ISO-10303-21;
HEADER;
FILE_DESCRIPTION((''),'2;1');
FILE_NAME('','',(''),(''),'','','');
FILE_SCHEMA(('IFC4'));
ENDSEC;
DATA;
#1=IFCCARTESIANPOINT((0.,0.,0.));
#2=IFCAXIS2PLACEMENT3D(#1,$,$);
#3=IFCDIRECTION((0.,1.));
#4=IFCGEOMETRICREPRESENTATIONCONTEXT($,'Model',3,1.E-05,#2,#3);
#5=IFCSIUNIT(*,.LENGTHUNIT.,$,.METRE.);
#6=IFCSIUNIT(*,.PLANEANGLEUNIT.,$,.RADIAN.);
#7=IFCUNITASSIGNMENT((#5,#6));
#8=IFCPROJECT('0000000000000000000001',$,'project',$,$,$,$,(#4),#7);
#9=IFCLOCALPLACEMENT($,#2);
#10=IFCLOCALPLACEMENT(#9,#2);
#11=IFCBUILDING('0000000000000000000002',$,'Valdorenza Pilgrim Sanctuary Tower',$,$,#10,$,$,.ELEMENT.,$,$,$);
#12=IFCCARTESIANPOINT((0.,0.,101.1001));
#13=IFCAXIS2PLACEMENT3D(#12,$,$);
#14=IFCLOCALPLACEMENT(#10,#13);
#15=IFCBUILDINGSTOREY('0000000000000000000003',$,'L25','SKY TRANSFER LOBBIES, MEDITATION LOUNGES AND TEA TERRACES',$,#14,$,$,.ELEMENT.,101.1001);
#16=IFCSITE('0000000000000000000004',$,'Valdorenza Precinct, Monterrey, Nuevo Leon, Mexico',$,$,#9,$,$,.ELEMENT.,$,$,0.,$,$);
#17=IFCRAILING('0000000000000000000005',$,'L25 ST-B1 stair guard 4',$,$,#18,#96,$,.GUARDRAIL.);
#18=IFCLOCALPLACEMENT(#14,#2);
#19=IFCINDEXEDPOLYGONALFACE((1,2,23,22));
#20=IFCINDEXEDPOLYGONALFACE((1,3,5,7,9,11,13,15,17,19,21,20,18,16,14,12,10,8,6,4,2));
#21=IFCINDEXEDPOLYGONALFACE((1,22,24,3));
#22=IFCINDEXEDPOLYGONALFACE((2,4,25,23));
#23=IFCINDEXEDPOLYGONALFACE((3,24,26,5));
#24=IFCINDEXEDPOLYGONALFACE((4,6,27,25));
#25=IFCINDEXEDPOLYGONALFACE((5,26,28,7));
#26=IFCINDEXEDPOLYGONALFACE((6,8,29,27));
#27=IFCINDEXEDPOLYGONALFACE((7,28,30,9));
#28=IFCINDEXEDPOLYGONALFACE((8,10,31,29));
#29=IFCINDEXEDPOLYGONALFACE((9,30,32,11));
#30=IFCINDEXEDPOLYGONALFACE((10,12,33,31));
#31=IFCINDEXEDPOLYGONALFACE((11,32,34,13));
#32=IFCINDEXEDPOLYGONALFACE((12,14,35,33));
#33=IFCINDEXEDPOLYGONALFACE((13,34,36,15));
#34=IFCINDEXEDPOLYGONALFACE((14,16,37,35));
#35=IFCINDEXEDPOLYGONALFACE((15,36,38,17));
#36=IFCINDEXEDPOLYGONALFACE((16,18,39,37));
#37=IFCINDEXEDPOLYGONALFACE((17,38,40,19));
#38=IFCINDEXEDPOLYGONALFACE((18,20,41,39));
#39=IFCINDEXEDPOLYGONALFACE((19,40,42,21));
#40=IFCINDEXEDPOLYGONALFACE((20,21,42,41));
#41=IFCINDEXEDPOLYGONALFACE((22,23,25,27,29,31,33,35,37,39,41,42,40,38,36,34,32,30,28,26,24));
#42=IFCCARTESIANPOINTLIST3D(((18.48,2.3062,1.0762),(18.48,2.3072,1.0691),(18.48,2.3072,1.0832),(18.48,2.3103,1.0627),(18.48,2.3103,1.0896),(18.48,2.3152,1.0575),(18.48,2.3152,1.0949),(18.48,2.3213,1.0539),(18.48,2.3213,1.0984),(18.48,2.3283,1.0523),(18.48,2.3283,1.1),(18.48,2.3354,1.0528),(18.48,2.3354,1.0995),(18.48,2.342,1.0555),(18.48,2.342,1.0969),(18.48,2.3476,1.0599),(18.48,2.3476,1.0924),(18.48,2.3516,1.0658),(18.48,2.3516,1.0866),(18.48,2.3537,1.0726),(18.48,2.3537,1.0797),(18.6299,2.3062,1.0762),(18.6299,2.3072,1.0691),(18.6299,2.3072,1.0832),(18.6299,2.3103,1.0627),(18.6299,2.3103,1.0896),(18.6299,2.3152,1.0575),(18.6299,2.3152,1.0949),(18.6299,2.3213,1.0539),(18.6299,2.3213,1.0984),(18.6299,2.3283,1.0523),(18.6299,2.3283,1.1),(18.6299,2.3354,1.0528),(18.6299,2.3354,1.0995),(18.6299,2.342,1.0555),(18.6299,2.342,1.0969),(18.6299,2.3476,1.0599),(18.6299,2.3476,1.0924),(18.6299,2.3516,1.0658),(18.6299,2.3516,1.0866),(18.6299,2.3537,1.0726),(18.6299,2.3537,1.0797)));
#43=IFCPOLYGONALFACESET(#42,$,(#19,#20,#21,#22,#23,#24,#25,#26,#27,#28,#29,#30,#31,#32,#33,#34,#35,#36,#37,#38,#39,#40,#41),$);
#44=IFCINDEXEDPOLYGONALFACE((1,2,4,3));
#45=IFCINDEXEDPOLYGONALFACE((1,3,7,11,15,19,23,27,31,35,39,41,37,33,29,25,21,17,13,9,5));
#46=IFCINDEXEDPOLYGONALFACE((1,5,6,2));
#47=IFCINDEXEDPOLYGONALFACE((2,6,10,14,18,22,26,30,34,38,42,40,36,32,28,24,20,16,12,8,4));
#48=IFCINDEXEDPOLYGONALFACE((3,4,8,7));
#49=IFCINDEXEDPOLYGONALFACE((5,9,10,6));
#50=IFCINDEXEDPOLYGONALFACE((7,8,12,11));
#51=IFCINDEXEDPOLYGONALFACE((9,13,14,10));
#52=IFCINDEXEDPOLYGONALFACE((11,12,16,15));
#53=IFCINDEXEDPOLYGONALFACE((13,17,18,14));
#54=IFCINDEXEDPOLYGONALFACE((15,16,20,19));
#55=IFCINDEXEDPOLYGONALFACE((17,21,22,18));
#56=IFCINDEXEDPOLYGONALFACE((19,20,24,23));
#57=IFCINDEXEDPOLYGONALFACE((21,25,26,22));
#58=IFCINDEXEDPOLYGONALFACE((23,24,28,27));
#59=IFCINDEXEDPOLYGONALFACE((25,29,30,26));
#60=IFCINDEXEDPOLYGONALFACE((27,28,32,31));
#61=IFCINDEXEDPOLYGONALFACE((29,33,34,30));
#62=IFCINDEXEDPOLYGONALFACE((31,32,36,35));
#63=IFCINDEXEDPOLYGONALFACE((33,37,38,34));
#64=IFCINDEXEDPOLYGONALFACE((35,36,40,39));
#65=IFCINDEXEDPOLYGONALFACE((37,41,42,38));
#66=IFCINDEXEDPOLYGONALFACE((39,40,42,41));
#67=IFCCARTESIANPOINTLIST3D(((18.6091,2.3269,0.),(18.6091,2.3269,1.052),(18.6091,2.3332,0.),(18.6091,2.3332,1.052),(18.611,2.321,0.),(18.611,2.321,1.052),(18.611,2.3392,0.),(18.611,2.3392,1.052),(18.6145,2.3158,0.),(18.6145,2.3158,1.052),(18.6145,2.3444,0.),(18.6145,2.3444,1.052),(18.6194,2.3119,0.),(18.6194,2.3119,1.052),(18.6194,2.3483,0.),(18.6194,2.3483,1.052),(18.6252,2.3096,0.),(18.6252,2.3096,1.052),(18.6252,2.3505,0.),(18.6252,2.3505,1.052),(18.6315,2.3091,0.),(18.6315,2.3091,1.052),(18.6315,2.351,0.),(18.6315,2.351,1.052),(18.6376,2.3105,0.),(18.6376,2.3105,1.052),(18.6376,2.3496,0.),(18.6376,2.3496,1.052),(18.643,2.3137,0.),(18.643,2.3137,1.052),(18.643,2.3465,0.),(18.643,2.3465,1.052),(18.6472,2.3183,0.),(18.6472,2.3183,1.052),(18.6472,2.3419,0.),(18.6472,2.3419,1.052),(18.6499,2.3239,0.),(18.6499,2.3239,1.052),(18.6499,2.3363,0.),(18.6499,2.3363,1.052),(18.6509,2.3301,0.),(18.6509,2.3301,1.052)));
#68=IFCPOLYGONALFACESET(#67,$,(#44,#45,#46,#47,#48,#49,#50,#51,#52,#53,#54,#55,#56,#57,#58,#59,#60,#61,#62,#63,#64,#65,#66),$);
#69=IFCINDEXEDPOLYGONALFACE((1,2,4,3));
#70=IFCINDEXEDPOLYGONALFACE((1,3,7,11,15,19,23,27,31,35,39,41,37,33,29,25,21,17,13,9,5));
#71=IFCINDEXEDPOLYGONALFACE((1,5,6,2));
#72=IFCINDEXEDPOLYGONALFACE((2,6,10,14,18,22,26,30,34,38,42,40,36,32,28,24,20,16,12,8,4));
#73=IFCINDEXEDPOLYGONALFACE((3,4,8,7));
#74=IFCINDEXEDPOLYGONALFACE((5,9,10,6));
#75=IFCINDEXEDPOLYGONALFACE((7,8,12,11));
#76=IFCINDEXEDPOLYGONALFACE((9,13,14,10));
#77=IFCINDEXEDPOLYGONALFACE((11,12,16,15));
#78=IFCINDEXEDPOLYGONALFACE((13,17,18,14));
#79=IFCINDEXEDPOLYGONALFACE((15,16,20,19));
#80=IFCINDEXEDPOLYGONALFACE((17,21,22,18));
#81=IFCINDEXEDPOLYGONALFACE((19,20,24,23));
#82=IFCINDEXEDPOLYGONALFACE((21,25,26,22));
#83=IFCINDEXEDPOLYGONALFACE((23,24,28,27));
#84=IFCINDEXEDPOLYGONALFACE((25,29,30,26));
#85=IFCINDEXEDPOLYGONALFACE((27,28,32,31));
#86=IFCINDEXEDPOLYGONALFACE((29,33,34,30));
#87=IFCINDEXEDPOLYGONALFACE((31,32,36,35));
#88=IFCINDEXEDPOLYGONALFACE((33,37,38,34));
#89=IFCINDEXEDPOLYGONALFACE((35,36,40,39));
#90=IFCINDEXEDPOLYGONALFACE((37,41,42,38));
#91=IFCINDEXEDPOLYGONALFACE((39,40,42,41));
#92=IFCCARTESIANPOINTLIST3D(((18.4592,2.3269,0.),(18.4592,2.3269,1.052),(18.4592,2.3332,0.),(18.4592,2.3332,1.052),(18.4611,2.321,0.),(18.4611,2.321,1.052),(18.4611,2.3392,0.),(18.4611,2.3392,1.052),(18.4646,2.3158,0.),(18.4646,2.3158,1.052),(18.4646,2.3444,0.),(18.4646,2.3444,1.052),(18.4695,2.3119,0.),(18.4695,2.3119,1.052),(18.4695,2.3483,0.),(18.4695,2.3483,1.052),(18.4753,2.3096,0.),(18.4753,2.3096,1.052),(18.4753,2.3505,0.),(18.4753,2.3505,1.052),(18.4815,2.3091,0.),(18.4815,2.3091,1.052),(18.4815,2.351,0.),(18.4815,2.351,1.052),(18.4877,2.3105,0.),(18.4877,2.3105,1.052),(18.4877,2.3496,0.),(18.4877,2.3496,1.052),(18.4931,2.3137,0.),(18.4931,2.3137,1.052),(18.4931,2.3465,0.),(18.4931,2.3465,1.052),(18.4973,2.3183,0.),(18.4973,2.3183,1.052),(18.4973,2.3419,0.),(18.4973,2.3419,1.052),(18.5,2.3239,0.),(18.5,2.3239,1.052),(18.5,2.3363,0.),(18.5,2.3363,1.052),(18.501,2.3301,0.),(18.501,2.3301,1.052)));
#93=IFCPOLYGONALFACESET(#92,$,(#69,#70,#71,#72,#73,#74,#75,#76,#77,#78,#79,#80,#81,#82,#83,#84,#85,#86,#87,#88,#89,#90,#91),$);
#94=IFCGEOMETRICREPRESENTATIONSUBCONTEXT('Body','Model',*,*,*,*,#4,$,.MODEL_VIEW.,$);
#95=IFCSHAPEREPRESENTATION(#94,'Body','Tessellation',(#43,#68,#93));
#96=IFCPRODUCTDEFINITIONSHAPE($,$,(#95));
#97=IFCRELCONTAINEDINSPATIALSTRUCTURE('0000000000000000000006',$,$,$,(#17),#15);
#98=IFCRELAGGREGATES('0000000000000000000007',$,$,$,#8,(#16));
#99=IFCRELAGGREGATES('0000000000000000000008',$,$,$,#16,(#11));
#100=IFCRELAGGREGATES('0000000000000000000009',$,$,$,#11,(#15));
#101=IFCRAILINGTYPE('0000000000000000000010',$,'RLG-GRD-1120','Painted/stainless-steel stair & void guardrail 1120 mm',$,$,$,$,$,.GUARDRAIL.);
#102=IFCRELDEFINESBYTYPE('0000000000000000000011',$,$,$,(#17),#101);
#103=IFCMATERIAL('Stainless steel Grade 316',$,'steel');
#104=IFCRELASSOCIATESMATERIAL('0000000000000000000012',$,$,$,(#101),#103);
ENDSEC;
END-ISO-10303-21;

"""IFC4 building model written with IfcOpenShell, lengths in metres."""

from ifc_helpers import new_model, si_unit, direction, frame, origin, origin_2d, place, context, subcontext, project, spatial, circle, extrude, material, type_object, element, save


model = new_model("IFC4")

# Units and contexts
model_context = context("Model", 3, precision=1e-05, world=origin(), true_north=direction((0.0, 1.0)))
body_context = subcontext(model_context, "Body", "Model", "MODEL_VIEW")
ifc_project = project(units=[si_unit("LENGTHUNIT", "METRE"), si_unit("PLANEANGLEUNIT", "RADIAN")], contexts=[model_context])

# Site, building, storey
site_placement = place(None, origin())
site = spatial("IfcSite", under=ifc_project, at=site_placement, Name="Valdorenza Precinct, Monterrey, Nuevo Leon, Mexico", CompositionType="ELEMENT", RefElevation=0.0)
building_placement = place(site_placement, origin())
building = spatial("IfcBuilding", under=site, at=building_placement, Name="Valdorenza Pilgrim Sanctuary Tower", CompositionType="ELEMENT")
storey_placement = place(building_placement, frame((0.0, 0.0, 101.1001)))
storey = spatial("IfcBuildingStorey", under=building, at=storey_placement, Name="L25", Description="SKY TRANSFER LOBBIES, MEDITATION LOUNGES AND TEA TERRACES", CompositionType="ELEMENT", Elevation=101.1001)

# Railing
ifc_material_1 = material(Name="Stainless steel Grade 316", Category="steel")
railing_type_1 = type_object("IfcRailingType", Name="RLG-GRD-1120", Description="Painted/stainless-steel stair & void guardrail 1120 mm", PredefinedType="GUARDRAIL", material=ifc_material_1)
railing_1_placement = place(storey_placement, frame((18.6299, 2.3301, 0.0)))
element("IfcRailing", 1, at=railing_1_placement, inside=storey, type_object=railing_type_1, Name="L25 ST-B1 stair guard 4", PredefinedType="GUARDRAIL", context=body_context, shape_type="SweptSolid", body=[
    extrude(circle(Radius=0.0239, at=origin_2d()), frame((0.0, 0.0, 1.0762), z_axis=(-1.0, 0.0, 0.0), x_axis=(0.0, -1.0, 0.0)), (0.0, 0.0, 1.0), 0.1499),
    extrude(circle(Radius=0.021, at=origin_2d()), origin(), (0.0, 0.0, 1.0), 1.052),
    extrude(circle(Radius=0.021, at=origin_2d()), frame((-0.1499, 0.0, 0.0)), (0.0, 0.0, 1.0), 1.052),
])

save(model, "model.ifc")
